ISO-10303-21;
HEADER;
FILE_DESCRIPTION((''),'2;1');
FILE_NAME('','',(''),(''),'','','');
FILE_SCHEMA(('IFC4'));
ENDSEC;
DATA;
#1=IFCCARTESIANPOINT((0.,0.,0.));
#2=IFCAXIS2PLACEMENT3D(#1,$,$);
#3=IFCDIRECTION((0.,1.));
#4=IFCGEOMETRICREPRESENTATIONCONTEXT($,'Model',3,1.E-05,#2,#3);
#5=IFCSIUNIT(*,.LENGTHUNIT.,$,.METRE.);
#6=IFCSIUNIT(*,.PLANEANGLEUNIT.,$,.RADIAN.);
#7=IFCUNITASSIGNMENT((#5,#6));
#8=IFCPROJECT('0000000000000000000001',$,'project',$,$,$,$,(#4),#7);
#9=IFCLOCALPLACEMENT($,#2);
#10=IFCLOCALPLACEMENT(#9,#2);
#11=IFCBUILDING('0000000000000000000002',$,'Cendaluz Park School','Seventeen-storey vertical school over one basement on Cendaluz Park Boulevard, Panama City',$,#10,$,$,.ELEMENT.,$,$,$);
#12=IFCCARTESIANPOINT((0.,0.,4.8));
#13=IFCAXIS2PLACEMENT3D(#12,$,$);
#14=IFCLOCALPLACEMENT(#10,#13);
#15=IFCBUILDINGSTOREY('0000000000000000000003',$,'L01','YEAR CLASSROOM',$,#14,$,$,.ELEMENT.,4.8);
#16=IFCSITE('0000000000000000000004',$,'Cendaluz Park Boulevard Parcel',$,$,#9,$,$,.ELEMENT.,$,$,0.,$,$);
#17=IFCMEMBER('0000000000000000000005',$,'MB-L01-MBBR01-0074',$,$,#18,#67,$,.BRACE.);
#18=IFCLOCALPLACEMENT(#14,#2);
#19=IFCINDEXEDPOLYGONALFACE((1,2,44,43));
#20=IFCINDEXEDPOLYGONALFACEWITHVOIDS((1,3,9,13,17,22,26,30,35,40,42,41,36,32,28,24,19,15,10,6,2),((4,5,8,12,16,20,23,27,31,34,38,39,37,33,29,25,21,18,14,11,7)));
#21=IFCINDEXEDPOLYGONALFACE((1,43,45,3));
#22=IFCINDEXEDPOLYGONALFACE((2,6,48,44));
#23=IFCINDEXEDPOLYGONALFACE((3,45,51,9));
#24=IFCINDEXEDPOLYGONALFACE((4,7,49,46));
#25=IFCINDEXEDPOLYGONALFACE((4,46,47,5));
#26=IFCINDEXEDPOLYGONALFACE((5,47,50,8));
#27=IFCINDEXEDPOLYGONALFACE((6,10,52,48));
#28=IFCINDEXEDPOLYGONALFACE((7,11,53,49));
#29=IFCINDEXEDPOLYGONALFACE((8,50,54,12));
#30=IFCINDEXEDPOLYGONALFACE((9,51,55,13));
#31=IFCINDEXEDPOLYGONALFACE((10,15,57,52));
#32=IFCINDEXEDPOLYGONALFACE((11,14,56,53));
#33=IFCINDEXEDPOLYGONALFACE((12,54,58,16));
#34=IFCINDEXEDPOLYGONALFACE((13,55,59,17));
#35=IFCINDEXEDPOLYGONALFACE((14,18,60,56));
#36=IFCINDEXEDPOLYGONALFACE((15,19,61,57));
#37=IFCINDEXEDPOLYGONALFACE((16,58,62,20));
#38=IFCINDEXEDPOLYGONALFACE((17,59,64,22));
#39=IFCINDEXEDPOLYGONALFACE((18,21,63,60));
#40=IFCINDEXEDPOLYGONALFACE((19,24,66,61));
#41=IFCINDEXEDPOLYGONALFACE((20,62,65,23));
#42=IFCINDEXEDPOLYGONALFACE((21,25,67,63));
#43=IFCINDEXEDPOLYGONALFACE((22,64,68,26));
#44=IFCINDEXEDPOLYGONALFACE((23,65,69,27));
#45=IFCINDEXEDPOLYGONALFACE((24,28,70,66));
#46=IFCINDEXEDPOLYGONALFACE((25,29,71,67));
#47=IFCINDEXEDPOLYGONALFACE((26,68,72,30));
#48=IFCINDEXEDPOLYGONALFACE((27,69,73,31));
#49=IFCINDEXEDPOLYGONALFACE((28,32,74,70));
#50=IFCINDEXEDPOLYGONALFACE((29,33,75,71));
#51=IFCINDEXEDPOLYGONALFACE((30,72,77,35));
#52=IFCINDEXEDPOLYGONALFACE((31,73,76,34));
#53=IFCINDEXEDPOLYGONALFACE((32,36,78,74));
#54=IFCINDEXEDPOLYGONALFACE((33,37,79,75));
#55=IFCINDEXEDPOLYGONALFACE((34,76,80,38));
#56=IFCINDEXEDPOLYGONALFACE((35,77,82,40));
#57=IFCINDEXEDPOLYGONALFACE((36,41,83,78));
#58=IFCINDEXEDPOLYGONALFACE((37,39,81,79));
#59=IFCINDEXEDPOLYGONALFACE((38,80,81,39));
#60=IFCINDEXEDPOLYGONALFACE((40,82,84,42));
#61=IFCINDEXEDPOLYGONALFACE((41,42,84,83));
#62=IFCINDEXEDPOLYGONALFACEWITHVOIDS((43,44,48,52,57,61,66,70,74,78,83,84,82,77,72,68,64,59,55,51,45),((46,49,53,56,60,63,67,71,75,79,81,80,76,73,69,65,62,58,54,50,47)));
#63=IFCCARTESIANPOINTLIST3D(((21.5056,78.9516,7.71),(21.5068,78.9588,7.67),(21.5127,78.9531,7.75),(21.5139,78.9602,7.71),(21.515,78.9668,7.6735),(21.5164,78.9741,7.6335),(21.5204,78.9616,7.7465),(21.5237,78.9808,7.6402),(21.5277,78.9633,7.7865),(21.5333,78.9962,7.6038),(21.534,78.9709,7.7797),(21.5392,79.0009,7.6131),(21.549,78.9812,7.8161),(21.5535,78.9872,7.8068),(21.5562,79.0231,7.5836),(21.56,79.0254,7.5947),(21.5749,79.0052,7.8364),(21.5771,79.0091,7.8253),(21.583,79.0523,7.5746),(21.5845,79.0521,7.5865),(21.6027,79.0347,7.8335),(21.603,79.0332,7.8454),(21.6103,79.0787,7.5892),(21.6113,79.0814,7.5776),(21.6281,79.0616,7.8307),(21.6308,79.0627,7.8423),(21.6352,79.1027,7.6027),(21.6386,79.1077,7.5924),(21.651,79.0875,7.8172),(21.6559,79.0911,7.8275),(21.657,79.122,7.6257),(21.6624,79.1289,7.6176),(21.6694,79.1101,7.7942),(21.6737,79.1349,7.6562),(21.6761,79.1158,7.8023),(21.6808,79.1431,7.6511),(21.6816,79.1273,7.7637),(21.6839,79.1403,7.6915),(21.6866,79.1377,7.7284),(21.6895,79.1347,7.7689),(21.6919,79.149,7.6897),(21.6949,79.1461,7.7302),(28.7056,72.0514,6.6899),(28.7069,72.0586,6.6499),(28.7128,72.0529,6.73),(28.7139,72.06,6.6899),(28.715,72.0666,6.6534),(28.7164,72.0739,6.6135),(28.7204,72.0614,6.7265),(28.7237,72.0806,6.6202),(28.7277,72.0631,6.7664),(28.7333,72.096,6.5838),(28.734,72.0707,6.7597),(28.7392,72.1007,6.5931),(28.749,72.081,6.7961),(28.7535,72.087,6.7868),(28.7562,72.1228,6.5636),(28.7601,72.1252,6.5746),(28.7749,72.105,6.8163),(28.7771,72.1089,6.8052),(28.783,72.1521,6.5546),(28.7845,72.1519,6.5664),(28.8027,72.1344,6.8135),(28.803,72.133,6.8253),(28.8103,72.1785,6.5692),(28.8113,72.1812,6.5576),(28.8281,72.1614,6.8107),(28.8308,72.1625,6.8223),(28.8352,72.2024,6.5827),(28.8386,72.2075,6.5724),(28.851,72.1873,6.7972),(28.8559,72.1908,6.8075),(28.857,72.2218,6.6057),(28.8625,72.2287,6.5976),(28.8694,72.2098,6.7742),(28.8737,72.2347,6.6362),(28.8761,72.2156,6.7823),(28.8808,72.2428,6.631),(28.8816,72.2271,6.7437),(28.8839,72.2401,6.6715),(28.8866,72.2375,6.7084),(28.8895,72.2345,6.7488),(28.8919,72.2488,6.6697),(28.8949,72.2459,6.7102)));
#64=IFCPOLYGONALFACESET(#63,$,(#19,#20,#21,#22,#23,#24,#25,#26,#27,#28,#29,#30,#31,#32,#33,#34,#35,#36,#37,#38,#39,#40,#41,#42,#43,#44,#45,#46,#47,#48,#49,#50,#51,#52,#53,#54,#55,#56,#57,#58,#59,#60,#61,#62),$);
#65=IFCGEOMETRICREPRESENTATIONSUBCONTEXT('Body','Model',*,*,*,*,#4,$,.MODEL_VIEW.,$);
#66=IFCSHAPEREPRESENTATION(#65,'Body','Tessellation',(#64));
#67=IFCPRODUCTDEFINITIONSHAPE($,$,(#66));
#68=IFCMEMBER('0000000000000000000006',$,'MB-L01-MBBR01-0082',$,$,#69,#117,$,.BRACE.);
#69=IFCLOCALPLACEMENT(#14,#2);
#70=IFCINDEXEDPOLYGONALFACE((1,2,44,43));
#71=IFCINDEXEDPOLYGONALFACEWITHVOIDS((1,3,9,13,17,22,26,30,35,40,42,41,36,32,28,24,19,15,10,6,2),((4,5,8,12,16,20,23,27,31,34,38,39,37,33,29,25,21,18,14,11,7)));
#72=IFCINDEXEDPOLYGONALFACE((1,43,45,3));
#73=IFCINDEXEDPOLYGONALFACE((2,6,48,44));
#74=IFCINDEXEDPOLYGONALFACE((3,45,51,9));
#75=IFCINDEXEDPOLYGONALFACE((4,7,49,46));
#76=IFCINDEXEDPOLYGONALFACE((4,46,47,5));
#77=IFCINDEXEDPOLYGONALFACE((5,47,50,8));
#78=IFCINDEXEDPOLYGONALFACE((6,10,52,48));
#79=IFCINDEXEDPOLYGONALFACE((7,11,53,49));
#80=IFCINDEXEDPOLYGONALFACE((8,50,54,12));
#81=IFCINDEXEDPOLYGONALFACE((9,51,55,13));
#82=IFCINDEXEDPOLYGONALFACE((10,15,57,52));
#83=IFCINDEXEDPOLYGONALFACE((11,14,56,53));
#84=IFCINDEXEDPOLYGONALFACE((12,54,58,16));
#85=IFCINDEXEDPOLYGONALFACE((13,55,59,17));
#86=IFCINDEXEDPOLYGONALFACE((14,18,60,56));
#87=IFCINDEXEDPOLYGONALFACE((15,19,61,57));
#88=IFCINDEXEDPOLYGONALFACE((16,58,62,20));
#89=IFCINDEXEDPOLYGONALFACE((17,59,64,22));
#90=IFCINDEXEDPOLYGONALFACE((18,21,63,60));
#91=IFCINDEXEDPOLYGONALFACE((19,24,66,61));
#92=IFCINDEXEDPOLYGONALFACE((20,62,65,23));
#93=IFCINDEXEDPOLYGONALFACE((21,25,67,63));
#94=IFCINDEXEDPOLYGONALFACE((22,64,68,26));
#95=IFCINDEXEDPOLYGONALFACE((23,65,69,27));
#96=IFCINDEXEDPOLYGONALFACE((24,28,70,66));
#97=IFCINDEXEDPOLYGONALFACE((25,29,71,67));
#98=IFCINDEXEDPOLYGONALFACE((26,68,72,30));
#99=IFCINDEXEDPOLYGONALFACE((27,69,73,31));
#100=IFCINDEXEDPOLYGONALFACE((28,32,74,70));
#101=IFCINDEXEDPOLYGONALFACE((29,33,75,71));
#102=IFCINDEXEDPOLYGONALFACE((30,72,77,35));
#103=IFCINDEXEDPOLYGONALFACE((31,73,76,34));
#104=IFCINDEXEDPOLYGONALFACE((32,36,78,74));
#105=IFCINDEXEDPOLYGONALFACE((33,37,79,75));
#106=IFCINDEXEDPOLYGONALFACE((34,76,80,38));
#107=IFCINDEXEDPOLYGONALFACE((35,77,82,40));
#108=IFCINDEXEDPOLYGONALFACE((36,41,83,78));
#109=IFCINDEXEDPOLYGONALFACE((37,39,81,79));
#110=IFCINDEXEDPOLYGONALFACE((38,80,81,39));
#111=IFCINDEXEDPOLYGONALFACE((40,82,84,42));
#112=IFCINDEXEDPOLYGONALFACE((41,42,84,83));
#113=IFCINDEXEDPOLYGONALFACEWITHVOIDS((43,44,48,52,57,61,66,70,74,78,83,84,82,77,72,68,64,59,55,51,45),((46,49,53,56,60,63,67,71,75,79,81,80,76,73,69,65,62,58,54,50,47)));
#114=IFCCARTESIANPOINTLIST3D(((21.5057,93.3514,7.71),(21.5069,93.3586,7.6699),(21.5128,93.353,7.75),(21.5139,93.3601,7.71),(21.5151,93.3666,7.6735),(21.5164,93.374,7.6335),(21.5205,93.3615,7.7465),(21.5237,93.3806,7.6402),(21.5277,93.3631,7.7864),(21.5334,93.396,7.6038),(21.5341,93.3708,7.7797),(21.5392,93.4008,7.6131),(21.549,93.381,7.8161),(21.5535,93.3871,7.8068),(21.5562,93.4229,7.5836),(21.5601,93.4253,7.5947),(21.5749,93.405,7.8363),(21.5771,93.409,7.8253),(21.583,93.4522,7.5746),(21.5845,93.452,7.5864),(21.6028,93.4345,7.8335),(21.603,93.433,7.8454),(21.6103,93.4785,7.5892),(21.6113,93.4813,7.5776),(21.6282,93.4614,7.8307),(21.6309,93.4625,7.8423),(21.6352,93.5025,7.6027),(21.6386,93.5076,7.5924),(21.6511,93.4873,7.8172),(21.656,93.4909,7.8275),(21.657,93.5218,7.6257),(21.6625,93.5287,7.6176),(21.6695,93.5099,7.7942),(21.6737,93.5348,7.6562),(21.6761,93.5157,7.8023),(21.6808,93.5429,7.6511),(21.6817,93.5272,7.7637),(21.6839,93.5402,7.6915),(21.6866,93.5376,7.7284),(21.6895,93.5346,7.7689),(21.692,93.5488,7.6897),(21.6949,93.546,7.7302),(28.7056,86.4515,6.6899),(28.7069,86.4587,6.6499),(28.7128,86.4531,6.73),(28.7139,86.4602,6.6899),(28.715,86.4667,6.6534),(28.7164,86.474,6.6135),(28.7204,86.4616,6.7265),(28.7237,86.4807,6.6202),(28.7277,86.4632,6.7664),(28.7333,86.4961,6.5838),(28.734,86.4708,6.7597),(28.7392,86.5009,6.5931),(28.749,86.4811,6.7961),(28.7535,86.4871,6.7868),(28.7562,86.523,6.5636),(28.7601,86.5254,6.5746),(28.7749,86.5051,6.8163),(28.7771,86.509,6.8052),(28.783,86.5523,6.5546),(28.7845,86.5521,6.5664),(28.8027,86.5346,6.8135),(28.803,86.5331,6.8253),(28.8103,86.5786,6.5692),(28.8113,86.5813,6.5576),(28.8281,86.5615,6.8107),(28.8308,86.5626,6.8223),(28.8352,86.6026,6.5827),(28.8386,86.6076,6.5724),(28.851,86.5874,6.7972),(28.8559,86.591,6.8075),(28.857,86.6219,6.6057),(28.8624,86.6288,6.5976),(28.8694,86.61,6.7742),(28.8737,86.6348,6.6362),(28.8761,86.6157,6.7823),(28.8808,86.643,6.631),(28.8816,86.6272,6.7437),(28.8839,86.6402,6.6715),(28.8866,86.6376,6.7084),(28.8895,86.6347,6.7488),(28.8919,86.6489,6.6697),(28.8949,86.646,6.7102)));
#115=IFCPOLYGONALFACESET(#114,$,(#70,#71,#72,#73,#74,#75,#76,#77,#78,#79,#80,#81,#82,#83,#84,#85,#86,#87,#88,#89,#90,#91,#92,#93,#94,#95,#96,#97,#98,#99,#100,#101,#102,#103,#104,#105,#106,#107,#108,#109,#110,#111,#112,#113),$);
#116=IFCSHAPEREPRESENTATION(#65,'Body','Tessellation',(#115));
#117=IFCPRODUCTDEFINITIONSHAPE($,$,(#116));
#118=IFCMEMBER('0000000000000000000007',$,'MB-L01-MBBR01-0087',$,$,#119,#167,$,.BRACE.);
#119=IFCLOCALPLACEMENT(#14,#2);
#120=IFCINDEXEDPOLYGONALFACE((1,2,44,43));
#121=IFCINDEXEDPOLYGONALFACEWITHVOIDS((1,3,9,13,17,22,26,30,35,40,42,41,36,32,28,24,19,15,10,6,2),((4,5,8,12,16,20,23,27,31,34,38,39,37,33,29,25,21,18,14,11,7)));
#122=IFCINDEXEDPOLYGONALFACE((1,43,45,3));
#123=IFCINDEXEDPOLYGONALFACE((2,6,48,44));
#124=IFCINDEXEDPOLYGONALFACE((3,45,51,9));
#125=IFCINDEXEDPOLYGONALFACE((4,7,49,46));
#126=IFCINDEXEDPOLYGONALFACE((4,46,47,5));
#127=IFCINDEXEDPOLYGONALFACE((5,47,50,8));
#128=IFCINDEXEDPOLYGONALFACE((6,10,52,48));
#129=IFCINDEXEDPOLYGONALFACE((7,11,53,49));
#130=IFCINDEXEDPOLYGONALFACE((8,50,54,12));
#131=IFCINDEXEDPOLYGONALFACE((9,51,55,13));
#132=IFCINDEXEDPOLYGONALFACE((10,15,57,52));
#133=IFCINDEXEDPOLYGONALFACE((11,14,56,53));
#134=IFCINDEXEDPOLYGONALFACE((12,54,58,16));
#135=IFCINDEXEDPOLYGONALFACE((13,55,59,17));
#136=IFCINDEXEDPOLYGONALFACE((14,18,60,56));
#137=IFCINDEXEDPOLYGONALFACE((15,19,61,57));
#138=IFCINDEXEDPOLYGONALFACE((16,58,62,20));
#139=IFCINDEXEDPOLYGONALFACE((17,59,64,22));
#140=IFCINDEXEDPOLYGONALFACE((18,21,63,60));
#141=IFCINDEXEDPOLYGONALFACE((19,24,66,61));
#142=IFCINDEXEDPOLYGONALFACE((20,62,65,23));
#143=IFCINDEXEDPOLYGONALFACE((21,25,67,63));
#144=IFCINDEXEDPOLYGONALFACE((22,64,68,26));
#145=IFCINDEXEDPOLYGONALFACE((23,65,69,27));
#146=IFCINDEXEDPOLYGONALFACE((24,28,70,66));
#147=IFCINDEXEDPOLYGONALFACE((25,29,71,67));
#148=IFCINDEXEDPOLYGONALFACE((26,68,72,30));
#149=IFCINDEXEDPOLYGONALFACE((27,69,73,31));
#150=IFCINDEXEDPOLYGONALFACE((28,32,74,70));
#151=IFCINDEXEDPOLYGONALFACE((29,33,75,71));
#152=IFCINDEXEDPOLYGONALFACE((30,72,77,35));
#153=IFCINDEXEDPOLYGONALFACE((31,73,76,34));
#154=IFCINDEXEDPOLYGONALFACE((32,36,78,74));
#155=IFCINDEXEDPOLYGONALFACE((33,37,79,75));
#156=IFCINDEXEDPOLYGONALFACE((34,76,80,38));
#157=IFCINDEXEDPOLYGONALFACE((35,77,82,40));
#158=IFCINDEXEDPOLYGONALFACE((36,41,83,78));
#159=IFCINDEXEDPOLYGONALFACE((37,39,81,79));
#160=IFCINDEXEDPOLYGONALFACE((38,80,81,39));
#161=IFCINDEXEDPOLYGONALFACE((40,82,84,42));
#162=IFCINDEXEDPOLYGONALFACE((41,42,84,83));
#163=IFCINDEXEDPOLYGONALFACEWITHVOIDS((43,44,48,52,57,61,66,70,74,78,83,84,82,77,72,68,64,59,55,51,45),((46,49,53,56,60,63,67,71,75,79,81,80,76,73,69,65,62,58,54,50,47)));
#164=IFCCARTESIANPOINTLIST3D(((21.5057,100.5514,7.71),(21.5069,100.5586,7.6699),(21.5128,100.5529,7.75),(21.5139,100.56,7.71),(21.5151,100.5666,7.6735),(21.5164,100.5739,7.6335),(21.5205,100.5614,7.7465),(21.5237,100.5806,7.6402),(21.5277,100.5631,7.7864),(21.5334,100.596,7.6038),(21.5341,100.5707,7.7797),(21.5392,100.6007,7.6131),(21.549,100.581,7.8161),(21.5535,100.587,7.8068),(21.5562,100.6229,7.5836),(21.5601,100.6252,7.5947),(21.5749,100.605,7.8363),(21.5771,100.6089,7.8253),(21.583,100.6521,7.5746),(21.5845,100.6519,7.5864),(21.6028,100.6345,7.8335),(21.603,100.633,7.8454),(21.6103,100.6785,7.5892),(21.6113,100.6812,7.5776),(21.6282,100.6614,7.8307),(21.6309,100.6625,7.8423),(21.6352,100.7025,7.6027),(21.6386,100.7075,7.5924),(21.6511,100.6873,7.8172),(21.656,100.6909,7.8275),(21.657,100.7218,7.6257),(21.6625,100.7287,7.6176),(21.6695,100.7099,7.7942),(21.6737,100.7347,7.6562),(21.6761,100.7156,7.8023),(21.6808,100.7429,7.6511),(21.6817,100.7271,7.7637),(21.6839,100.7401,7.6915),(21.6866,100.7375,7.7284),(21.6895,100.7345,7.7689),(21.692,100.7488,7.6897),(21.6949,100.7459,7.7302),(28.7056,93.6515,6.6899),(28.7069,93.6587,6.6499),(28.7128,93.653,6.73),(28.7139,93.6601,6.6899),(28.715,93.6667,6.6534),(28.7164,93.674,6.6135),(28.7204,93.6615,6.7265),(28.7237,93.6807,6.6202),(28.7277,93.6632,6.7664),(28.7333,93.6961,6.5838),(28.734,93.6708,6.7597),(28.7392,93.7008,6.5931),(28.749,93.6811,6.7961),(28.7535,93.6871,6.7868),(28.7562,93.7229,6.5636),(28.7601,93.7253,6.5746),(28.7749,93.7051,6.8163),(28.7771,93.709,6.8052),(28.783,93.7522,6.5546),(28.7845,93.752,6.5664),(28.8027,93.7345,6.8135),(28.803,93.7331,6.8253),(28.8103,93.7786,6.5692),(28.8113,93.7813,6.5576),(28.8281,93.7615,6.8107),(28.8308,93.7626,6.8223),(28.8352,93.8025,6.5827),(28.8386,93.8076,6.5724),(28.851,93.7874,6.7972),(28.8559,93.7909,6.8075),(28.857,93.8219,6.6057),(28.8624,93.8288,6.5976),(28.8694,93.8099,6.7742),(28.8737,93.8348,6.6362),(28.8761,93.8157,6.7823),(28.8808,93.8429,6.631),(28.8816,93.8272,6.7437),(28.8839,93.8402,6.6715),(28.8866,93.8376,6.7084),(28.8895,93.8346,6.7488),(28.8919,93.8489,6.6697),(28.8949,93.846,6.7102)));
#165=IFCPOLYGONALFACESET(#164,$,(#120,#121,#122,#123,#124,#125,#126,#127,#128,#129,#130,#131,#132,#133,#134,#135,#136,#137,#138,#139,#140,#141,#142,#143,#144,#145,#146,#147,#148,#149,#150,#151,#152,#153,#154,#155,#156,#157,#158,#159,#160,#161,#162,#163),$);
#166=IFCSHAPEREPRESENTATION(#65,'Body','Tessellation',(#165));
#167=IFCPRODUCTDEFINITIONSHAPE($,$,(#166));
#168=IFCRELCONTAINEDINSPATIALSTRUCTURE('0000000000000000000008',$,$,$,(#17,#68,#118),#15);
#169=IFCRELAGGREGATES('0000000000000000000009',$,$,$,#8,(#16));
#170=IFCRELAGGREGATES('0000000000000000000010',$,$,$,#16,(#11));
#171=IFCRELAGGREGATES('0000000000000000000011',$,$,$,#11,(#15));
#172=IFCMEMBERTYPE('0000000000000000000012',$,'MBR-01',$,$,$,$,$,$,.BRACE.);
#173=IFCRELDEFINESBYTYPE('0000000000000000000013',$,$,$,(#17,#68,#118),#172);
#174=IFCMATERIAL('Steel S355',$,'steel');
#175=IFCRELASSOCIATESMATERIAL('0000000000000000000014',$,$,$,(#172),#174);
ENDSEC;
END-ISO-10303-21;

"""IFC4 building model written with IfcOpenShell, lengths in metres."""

from ifc_helpers import new_model, si_unit, direction, frame, origin, origin_2d, place, context, subcontext, project, spatial, hollow_circle, extrude, material, material_profile, profile_set, type_object, element, save


model = new_model("IFC4")

# Units and contexts
model_context = context("Model", 3, precision=1e-05, world=origin(), true_north=direction((0.0, 1.0)))
body_context = subcontext(model_context, "Body", "Model", "MODEL_VIEW")
ifc_project = project(units=[si_unit("LENGTHUNIT", "METRE"), si_unit("PLANEANGLEUNIT", "RADIAN")], contexts=[model_context])

# Site, building, storey
site_placement = place(None, origin())
site = spatial("IfcSite", under=ifc_project, at=site_placement, Name="Cendaluz Park Boulevard Parcel", CompositionType="ELEMENT", RefElevation=0.0)
building_placement = place(site_placement, origin())
building = spatial("IfcBuilding", under=site, at=building_placement, Name="Cendaluz Park School", Description="Seventeen-storey vertical school over one basement on Cendaluz Park Boulevard, Panama City", CompositionType="ELEMENT")
storey_placement = place(building_placement, frame((0.0, 0.0, 4.8)))
storey = spatial("IfcBuildingStorey", under=building, at=storey_placement, Name="L01", Description="YEAR CLASSROOM", CompositionType="ELEMENT", Elevation=4.8)

# Members
ifc_material_1 = material(Name="Steel S355", Category="steel")
ifc_material_profile_1 = material_profile(ifc_material_1, hollow_circle(Radius=0.1365, WallThickness=0.012, at=origin_2d()), Name="CHS 273x12", Category="steel")
ifc_profile_set_1 = profile_set([ifc_material_profile_1], Name="Steel S355")
member_type_1 = type_object("IfcMemberType", Name="MBR-01", PredefinedType="BRACE", material=ifc_profile_set_1)
member_1_placement = place(storey_placement, frame((28.8, 72.1499, 6.6899), z_axis=(-0.718231, 0.688324, 0.101752), x_axis=(-0.691915, -0.721979, 0.0)))
element("IfcMember", 1, at=member_1_placement, inside=storey, type_object=member_type_1, Name="MB-L01-MBBR01-0074", PredefinedType="BRACE", context=body_context, shape_type="SweptSolid", body=[
    extrude(hollow_circle(Radius=0.1365, WallThickness=0.012, at=origin_2d()), origin(), (0.0, 0.0, 1.0), 10.0247),
])
for number, where, z_axis, x_axis, name in (
    (2, (28.8, 86.55, 6.6899), (-0.718243, 0.688311, 0.101754), (-0.691903, -0.721991, 0.0), "MB-L01-MBBR01-0082"),
    (3, (28.8, 93.75, 6.6899), (-0.718243, 0.688311, 0.101754), (-0.691903, -0.721991, 0.0), "MB-L01-MBBR01-0087"),
):
    element("IfcMember", number, at=place(storey_placement, frame(where, z_axis=z_axis, x_axis=x_axis)), inside=storey, type_object=member_type_1, Name=name, PredefinedType="BRACE", context=body_context, shape_type="SweptSolid", body=[
        extrude(hollow_circle(Radius=0.1365, WallThickness=0.012, at=origin_2d()), origin(), (0.0, 0.0, 1.0), 10.0244),
    ])

save(model, "model.ifc")
